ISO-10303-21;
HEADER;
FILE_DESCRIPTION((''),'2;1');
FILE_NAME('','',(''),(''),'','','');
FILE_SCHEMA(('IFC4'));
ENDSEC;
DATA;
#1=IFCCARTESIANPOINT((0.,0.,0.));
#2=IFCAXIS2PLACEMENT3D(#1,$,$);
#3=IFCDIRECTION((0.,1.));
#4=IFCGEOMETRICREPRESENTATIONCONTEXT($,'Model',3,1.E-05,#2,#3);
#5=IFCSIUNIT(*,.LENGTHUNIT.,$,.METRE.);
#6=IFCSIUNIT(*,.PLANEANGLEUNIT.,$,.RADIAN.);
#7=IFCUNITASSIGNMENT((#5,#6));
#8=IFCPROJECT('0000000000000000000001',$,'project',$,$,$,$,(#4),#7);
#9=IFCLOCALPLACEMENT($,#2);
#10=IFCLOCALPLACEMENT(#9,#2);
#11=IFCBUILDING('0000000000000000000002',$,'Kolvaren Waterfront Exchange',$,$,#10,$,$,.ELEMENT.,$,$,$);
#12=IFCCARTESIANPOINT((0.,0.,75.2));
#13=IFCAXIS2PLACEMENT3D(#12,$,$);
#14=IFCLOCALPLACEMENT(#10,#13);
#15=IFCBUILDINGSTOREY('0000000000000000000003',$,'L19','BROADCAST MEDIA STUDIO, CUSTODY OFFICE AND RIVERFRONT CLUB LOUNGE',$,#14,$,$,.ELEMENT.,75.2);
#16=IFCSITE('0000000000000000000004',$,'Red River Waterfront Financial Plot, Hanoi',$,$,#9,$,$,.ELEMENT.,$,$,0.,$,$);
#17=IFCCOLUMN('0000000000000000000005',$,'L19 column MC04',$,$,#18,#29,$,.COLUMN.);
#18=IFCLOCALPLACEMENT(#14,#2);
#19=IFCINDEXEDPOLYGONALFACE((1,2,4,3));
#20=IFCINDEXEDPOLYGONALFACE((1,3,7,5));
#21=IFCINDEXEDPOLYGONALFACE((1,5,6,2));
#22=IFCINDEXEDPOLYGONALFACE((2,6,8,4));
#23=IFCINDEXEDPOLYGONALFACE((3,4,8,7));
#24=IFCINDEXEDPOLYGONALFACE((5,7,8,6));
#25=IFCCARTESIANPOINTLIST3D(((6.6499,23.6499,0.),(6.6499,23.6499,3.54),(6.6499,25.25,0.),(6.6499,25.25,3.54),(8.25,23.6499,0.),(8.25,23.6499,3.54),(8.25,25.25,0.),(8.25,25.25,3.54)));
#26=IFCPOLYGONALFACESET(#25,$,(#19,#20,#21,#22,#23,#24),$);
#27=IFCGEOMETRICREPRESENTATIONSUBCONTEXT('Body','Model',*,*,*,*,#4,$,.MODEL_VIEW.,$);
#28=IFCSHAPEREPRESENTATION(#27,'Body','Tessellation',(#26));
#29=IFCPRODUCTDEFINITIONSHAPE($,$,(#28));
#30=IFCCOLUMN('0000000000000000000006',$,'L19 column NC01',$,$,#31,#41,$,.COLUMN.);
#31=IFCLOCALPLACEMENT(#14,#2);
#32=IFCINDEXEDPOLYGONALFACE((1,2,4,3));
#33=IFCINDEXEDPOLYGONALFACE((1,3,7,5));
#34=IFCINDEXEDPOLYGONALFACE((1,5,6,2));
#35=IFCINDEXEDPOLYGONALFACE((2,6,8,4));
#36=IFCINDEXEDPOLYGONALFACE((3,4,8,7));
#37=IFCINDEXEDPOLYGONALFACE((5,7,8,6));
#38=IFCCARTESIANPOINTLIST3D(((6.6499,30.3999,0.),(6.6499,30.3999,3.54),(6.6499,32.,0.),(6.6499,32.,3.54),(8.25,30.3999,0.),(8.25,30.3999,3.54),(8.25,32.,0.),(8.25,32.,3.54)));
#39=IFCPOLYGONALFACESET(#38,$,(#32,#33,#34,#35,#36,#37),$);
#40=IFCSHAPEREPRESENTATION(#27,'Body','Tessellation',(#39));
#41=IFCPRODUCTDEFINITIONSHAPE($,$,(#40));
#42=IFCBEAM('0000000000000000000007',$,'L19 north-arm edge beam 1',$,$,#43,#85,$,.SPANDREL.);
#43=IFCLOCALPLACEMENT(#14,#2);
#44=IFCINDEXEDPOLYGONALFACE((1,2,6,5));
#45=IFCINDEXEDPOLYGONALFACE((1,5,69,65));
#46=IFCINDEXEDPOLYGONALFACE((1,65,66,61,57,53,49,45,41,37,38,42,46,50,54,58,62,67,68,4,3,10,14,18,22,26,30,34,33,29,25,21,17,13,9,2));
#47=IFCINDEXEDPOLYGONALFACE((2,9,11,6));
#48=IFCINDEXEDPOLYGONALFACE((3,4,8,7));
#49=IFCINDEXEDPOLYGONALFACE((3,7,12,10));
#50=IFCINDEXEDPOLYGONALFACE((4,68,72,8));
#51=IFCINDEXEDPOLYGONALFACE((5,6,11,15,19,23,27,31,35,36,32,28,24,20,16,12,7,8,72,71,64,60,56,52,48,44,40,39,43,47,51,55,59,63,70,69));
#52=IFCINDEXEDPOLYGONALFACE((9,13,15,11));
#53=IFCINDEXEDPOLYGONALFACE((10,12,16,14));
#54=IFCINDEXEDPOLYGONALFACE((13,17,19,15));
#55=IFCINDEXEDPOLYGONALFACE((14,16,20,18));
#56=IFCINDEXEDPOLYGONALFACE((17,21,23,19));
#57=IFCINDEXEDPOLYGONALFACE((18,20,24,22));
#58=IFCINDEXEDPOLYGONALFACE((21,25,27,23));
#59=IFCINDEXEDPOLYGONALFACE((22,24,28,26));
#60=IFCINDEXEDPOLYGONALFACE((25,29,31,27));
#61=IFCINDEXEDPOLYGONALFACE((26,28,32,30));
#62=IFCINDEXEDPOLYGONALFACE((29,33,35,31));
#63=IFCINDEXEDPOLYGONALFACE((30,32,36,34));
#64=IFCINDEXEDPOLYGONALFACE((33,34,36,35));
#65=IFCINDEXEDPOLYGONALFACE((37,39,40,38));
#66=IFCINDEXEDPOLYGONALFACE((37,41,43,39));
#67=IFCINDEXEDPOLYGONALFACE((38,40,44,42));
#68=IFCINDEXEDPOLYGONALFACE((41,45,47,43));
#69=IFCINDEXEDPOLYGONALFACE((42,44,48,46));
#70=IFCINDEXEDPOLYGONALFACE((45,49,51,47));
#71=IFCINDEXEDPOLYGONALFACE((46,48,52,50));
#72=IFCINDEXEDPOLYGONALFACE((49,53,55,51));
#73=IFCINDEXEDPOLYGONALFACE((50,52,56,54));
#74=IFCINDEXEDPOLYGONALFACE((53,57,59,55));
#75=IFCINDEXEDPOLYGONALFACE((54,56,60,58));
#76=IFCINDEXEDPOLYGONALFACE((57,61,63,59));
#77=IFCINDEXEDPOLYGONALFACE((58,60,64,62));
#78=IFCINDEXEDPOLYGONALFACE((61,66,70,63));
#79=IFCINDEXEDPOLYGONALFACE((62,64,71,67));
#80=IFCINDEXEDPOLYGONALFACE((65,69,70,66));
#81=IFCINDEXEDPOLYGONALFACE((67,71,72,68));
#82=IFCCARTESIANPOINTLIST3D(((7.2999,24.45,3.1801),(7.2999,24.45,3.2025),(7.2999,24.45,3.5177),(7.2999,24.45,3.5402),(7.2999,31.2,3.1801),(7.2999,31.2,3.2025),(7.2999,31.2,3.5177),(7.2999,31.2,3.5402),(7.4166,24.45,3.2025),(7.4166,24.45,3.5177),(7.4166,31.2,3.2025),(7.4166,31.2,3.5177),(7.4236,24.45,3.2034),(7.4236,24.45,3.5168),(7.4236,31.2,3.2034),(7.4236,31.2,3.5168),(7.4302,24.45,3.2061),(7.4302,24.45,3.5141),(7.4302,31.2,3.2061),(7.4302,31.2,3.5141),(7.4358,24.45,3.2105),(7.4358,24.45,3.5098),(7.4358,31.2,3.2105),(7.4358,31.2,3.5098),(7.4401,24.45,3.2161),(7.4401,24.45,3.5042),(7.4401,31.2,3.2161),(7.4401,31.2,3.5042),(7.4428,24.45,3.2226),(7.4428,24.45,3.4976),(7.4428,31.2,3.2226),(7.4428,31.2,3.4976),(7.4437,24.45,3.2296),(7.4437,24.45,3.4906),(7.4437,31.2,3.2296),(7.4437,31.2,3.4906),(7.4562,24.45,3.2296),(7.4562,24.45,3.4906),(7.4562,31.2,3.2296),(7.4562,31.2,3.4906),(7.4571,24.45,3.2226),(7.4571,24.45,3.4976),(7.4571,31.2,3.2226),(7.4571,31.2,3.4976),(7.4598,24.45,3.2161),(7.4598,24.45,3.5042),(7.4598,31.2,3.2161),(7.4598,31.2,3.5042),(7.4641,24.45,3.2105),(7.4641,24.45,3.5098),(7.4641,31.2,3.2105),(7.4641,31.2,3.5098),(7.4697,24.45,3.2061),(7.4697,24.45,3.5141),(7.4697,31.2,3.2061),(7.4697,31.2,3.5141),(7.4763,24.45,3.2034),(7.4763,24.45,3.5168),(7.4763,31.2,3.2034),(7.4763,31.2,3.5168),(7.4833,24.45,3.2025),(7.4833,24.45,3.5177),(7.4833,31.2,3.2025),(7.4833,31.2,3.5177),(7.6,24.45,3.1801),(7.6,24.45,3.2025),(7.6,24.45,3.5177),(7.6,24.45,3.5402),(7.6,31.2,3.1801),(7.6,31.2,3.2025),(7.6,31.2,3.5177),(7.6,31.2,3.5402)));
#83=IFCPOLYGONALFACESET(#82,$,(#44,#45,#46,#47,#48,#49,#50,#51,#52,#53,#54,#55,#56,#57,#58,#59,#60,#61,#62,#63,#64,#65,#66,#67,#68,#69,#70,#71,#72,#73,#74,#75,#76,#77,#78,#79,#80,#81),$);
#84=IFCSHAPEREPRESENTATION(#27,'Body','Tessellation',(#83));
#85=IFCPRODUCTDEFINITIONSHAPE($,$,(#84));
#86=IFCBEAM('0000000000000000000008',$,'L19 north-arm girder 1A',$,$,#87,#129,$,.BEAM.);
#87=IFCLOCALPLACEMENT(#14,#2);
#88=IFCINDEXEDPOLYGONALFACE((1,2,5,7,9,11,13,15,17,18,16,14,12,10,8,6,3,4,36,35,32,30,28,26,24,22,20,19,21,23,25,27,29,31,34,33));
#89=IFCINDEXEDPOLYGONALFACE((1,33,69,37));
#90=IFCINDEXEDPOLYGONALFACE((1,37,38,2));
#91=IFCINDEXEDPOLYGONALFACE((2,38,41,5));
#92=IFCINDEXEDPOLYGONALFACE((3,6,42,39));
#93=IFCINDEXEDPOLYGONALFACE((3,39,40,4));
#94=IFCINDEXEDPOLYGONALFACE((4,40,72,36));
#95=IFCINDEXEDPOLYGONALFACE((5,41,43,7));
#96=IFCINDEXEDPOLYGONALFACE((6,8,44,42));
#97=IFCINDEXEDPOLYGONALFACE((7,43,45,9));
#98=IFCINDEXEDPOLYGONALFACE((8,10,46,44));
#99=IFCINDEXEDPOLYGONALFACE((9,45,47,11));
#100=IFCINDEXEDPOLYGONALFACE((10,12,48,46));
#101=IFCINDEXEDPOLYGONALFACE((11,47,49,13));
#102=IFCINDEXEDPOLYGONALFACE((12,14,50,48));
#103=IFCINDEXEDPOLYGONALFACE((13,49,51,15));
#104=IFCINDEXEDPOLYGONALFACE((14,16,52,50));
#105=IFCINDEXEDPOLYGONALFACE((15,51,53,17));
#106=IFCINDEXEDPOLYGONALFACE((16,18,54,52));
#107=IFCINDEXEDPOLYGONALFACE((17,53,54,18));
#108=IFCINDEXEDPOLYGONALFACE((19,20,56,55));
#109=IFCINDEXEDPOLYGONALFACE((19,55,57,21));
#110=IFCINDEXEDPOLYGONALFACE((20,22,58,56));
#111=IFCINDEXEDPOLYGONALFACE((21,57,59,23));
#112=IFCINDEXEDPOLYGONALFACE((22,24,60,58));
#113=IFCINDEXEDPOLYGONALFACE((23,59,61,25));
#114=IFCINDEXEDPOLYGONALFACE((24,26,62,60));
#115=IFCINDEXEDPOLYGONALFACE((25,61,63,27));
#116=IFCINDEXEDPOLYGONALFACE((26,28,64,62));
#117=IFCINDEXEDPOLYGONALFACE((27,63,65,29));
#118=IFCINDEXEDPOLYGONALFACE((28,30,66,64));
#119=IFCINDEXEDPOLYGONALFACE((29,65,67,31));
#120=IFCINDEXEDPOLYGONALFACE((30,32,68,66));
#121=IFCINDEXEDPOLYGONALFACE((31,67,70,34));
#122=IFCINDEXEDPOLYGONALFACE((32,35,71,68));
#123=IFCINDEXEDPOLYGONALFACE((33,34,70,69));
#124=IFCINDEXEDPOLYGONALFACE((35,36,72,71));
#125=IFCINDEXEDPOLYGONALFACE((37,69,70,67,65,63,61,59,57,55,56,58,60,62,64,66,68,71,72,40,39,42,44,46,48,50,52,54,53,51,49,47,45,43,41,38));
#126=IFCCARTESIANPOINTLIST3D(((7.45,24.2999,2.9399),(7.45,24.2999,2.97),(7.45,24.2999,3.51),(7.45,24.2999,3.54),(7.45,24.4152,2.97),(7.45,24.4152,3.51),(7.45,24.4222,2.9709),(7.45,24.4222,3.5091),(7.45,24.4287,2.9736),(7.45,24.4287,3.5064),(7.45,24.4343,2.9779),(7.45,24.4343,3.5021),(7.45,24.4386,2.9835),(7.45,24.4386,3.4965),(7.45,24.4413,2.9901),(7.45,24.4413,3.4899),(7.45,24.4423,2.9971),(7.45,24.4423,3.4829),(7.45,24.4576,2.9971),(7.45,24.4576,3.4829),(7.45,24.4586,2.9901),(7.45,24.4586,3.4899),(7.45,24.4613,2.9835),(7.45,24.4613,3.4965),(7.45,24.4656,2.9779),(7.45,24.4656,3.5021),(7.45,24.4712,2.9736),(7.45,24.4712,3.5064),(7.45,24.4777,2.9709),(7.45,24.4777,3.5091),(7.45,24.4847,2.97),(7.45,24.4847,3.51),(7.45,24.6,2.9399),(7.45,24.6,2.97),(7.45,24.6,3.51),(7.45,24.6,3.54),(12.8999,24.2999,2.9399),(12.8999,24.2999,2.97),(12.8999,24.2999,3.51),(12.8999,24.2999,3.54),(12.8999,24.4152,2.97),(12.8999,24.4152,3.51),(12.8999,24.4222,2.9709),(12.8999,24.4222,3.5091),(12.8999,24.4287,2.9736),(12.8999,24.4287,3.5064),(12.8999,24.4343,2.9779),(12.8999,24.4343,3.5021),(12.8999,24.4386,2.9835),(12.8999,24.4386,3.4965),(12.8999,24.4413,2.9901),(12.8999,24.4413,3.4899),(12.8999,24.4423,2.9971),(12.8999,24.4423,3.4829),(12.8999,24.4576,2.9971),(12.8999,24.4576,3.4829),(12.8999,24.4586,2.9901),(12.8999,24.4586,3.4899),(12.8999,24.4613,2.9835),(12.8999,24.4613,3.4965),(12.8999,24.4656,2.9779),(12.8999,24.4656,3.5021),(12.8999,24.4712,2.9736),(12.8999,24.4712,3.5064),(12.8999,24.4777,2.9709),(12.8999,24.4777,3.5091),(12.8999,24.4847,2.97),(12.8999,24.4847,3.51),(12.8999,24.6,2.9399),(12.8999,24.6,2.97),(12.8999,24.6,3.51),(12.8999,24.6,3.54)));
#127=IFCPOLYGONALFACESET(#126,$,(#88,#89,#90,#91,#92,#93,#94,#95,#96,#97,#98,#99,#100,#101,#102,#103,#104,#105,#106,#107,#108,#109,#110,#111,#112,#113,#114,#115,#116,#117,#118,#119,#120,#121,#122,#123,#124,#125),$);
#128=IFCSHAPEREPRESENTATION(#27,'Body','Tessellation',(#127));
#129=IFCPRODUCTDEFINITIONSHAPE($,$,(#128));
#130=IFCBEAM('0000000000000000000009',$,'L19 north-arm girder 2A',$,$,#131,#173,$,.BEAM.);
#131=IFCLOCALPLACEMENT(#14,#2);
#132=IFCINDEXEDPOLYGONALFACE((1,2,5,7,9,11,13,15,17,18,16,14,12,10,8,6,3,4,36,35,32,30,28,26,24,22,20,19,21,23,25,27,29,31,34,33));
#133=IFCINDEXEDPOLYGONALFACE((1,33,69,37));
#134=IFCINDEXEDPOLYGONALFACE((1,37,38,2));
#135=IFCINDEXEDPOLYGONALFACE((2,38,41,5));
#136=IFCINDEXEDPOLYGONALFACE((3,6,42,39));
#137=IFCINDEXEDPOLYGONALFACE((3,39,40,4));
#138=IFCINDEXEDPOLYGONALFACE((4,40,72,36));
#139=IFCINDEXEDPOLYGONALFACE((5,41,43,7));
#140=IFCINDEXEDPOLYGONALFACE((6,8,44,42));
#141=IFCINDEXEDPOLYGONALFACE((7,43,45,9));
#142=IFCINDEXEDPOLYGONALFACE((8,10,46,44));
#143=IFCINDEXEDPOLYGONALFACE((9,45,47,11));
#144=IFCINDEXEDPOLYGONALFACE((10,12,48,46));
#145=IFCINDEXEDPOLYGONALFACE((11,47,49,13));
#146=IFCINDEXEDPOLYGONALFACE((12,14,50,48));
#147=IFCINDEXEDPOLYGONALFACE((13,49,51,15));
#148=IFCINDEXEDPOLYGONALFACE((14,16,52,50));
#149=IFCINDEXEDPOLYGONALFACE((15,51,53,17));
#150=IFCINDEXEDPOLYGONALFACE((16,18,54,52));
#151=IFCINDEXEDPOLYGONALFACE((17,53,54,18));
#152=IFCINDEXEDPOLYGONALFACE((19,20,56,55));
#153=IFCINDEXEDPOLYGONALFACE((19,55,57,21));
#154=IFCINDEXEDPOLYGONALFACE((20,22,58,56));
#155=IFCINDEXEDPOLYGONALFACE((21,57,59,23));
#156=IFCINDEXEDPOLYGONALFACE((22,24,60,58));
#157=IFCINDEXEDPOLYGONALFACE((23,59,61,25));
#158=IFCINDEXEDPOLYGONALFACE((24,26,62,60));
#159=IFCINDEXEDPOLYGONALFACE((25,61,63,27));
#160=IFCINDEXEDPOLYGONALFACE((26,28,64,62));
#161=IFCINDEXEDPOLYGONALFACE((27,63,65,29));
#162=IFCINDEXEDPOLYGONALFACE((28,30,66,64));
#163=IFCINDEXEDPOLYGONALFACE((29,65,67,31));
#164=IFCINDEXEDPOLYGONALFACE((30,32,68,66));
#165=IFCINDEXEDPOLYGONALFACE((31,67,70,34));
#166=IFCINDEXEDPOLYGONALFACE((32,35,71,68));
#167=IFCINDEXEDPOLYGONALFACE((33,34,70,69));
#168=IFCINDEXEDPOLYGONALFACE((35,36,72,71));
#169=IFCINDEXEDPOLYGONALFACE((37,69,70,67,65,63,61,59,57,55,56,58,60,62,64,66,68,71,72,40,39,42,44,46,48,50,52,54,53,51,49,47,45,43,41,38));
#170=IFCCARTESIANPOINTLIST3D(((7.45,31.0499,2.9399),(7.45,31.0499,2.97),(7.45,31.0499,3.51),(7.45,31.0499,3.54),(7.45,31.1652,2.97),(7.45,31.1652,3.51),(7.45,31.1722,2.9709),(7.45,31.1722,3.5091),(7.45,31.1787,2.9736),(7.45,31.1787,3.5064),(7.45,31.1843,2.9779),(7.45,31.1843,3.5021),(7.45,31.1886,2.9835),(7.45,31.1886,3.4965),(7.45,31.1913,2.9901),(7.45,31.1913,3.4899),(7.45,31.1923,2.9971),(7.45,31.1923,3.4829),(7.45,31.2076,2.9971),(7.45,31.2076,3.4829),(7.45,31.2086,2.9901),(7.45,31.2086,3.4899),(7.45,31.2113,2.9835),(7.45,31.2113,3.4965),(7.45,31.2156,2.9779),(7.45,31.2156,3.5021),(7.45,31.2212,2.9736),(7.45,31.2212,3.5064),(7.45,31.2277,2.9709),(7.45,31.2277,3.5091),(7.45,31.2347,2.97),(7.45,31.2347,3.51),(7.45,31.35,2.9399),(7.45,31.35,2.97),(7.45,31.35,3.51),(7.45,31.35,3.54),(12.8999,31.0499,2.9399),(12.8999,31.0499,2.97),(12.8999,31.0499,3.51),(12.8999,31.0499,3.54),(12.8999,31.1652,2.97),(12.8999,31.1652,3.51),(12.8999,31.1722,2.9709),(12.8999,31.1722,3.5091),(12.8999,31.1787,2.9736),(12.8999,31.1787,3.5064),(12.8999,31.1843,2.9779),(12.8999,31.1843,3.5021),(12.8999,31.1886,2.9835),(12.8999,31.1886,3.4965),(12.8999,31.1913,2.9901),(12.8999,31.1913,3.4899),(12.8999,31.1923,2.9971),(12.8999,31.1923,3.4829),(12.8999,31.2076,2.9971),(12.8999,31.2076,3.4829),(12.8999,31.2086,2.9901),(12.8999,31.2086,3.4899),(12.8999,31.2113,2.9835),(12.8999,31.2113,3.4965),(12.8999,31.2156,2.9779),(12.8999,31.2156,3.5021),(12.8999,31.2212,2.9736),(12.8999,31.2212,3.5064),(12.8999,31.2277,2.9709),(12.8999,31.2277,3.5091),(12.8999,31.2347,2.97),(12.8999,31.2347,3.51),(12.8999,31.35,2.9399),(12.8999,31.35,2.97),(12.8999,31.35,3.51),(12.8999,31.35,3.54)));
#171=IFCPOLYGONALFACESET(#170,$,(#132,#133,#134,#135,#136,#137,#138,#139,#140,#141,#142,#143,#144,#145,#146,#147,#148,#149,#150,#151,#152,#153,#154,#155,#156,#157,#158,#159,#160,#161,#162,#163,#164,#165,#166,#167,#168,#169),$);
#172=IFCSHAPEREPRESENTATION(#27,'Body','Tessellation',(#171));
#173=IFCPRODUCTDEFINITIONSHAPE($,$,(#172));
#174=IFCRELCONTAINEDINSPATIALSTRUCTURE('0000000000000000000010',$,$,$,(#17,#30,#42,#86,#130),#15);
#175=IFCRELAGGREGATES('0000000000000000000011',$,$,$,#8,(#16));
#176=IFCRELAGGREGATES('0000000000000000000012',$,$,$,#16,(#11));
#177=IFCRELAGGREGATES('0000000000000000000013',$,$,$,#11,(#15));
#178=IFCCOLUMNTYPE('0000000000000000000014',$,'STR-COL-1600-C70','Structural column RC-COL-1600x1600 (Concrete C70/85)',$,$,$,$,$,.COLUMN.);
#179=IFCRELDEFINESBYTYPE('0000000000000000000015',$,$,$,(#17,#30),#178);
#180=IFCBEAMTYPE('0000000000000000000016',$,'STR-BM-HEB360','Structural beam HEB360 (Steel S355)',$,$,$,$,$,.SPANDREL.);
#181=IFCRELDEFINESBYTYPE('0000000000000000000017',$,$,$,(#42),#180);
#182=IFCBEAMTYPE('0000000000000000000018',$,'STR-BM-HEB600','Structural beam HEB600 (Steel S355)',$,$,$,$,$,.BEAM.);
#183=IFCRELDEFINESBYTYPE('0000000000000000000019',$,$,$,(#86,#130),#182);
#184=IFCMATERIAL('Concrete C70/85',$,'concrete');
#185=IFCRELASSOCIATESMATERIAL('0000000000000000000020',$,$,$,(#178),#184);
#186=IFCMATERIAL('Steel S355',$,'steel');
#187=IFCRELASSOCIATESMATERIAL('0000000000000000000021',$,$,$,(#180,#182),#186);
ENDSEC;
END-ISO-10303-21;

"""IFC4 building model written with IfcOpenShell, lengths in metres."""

from ifc_helpers import new_model, si_unit, direction, frame, origin, origin_2d, place, context, subcontext, project, spatial, rectangle, i_section, extrude, material, material_profile, profile_set, type_object, element, save


model = new_model("IFC4")

# Units and contexts
model_context = context("Model", 3, precision=1e-05, world=origin(), true_north=direction((0.0, 1.0)))
body_context = subcontext(model_context, "Body", "Model", "MODEL_VIEW")
ifc_project = project(units=[si_unit("LENGTHUNIT", "METRE"), si_unit("PLANEANGLEUNIT", "RADIAN")], contexts=[model_context])

# Site, building, storey
site_placement = place(None, origin())
site = spatial("IfcSite", under=ifc_project, at=site_placement, Name="Red River Waterfront Financial Plot, Hanoi", CompositionType="ELEMENT", RefElevation=0.0)
building_placement = place(site_placement, origin())
building = spatial("IfcBuilding", under=site, at=building_placement, Name="Kolvaren Waterfront Exchange", CompositionType="ELEMENT")
storey_placement = place(building_placement, frame((0.0, 0.0, 75.2)))
storey = spatial("IfcBuildingStorey", under=building, at=storey_placement, Name="L19", Description="BROADCAST MEDIA STUDIO, CUSTODY OFFICE AND RIVERFRONT CLUB LOUNGE", CompositionType="ELEMENT", Elevation=75.2)

# Columns
ifc_material_1 = material(Name="Concrete C70/85", Category="concrete")
ifc_material_profile_1 = material_profile(ifc_material_1, rectangle(XDim=1.6001, YDim=1.6001, at=origin_2d()), Name="RC-COL-1600x1600")
ifc_profile_set_1 = profile_set([ifc_material_profile_1], Name="Concrete C70/85")
column_type = type_object("IfcColumnType", Name="STR-COL-1600-C70", Description="Structural column RC-COL-1600x1600 (Concrete C70/85)", PredefinedType="COLUMN", material=ifc_profile_set_1)
for number, where, z_axis, x_axis, name in (
    (1, (7.45, 24.45, 0.0), (0.0, 0.0, 1.0), (1.0, 0.0, 0.0), "L19 column MC04"),
    (2, (7.45, 31.2, 0.0), (0.0, 0.0, 1.0), (1.0, 0.0, 0.0), "L19 column NC01"),
):
    element("IfcColumn", number, at=place(storey_placement, frame(where, z_axis=z_axis, x_axis=x_axis)), inside=storey, type_object=column_type, Name=name, PredefinedType="COLUMN", context=body_context, shape_type="SweptSolid", body=[
        extrude(rectangle(XDim=1.6001, YDim=1.6001, at=origin_2d()), origin(), (0.0, 0.0, 1.0), 3.54),
    ])

# Beams
ifc_material_2 = material(Name="Steel S355", Category="steel")
ifc_material_profile_2 = material_profile(ifc_material_2, i_section(OverallWidth=0.3, OverallDepth=0.3601, WebThickness=0.0125, FlangeThickness=0.0225, FilletRadius=0.0271, at=origin_2d()), Name="HEB360")
ifc_profile_set_2 = profile_set([ifc_material_profile_2], Name="Steel S355")
beam_type_1 = type_object("IfcBeamType", Name="STR-BM-HEB360", Description="Structural beam HEB360 (Steel S355)", PredefinedType="SPANDREL", material=ifc_profile_set_2)
beam_1_placement = place(storey_placement, frame((7.45, 24.45, 3.3601), z_axis=(0.0, 1.0, 0.0), x_axis=(-1.0, 0.0, 0.0)))
element("IfcBeam", 3, at=beam_1_placement, inside=storey, type_object=beam_type_1, Name="L19 north-arm edge beam 1", PredefinedType="SPANDREL", context=body_context, shape_type="SweptSolid", body=[
    extrude(i_section(OverallWidth=0.3, OverallDepth=0.3601, WebThickness=0.0125, FlangeThickness=0.0225, FilletRadius=0.0271, at=origin_2d()), origin(), (0.0, 0.0, 1.0), 6.75),
])
ifc_material_profile_3 = material_profile(ifc_material_2, i_section(OverallWidth=0.3, OverallDepth=0.6001, WebThickness=0.0154, FlangeThickness=0.03, FilletRadius=0.0271, at=origin_2d()), Name="HEB600")
ifc_profile_set_3 = profile_set([ifc_material_profile_3], Name="Steel S355")
beam_type_2 = type_object("IfcBeamType", Name="STR-BM-HEB600", Description="Structural beam HEB600 (Steel S355)", PredefinedType="BEAM", material=ifc_profile_set_3)
for number, where, z_axis, x_axis, name in (
    (4, (7.45, 24.45, 3.24), (1.0, 0.0, 0.0), (0.0, 1.0, 0.0), "L19 north-arm girder 1A"),
    (5, (7.45, 31.2, 3.24), (1.0, 0.0, 0.0), (0.0, 1.0, 0.0), "L19 north-arm girder 2A"),
):
    element("IfcBeam", number, at=place(storey_placement, frame(where, z_axis=z_axis, x_axis=x_axis)), inside=storey, type_object=beam_type_2, Name=name, PredefinedType="BEAM", context=body_context, shape_type="SweptSolid", body=[
        extrude(i_section(OverallWidth=0.3, OverallDepth=0.6001, WebThickness=0.0154, FlangeThickness=0.03, FilletRadius=0.0271, at=origin_2d()), origin(), (0.0, 0.0, 1.0), 5.45),
    ])

save(model, "model.ifc")
